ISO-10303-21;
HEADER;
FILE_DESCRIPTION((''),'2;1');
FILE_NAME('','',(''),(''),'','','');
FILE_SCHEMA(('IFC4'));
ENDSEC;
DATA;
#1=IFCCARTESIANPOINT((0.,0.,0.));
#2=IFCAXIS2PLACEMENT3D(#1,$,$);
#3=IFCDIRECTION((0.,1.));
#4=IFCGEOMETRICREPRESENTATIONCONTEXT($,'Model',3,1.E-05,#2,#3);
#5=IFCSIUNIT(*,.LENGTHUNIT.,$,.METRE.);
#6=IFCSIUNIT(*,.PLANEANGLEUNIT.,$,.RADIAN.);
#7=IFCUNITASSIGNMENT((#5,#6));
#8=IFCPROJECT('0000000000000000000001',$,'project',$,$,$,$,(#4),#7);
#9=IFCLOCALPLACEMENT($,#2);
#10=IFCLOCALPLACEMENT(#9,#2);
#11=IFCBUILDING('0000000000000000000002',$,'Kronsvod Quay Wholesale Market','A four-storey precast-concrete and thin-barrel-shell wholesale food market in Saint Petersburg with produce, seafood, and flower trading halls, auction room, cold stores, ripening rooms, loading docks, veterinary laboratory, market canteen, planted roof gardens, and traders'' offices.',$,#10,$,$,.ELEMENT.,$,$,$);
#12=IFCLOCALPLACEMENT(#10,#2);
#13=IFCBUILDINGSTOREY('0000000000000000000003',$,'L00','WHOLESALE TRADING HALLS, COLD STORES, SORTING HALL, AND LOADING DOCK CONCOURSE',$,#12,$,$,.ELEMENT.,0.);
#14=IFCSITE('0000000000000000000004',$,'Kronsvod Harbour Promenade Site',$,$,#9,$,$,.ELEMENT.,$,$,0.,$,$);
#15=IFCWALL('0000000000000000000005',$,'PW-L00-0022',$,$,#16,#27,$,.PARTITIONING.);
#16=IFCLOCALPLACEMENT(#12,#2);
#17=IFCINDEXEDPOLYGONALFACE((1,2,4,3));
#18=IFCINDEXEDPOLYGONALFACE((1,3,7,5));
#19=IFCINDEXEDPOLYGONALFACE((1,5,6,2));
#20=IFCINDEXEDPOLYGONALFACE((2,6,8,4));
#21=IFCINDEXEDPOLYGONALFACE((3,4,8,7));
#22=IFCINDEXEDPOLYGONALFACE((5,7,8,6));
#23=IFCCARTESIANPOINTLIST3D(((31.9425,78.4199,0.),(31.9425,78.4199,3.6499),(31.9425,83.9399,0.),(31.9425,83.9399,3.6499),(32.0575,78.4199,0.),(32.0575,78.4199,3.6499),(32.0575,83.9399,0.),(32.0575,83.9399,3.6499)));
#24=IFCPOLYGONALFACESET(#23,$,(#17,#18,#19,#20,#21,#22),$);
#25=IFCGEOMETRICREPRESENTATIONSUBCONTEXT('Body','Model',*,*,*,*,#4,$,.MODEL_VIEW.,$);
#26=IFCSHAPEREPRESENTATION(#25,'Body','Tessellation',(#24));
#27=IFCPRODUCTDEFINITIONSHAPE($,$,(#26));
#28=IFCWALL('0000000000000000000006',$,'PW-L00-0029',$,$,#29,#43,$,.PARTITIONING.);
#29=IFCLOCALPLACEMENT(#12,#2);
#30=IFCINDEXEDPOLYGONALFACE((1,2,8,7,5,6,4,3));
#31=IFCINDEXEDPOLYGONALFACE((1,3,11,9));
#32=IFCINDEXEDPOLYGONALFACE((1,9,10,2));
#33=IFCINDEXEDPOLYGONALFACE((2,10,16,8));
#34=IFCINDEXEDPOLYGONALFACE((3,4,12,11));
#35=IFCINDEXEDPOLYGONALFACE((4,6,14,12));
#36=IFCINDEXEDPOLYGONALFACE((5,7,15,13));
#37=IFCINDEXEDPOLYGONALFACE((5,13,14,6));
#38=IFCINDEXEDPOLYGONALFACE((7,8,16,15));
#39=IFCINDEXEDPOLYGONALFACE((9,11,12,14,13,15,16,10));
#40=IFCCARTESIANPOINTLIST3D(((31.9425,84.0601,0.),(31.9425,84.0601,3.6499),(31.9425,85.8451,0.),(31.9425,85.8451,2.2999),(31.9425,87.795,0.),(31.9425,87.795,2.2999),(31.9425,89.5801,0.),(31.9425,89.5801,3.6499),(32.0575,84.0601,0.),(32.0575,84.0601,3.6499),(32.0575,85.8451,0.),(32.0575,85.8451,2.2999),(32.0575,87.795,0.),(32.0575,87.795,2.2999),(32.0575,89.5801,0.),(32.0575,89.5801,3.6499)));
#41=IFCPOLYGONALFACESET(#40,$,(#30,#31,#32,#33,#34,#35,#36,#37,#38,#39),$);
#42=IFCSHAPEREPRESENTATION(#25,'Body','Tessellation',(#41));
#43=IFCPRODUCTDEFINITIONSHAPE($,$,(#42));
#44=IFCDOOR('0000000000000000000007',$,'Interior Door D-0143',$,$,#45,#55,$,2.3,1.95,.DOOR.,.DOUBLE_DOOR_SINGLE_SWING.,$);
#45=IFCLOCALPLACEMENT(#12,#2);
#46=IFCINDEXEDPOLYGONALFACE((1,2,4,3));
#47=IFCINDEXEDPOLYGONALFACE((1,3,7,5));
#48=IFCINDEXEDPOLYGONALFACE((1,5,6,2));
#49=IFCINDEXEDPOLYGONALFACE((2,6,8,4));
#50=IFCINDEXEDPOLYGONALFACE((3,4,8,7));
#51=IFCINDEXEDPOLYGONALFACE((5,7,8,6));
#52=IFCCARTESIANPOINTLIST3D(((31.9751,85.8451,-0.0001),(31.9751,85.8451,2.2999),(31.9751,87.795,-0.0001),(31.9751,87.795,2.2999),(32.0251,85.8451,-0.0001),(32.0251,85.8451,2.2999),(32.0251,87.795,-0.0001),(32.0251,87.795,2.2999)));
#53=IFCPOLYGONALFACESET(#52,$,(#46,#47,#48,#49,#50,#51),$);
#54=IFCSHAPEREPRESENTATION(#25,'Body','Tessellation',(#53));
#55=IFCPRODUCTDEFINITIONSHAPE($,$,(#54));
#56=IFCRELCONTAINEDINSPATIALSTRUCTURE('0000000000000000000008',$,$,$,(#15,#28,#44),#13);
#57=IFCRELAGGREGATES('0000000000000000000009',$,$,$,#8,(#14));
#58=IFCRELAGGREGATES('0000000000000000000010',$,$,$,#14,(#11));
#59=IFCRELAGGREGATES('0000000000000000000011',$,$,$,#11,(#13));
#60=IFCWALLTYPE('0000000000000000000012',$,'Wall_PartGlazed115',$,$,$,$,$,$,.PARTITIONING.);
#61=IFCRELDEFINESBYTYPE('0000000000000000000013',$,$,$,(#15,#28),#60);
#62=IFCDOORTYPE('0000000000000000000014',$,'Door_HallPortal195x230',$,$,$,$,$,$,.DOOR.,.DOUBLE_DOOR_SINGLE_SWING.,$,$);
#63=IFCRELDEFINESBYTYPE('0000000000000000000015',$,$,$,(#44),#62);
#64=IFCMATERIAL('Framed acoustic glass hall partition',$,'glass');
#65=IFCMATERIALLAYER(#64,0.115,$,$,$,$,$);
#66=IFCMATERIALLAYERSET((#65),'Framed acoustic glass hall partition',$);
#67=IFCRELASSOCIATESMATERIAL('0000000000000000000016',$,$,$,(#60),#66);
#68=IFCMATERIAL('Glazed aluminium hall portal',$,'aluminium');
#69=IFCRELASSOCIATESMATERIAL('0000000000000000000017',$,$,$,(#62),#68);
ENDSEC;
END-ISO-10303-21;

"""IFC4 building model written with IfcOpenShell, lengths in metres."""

from ifc_helpers import new_model, si_unit, direction, frame, frame_2d, origin, place, context, subcontext, project, spatial, rectangle, extrude, material, layer, layer_set, type_object, element, fill, save


model = new_model("IFC4")

# Units and contexts
model_context = context("Model", 3, precision=1e-05, world=origin(), true_north=direction((0.0, 1.0)))
body_context = subcontext(model_context, "Body", "Model", "MODEL_VIEW")
ifc_project = project(units=[si_unit("LENGTHUNIT", "METRE"), si_unit("PLANEANGLEUNIT", "RADIAN")], contexts=[model_context])

# Site, building, storey
site_placement = place(None, origin())
site = spatial("IfcSite", under=ifc_project, at=site_placement, Name="Kronsvod Harbour Promenade Site", CompositionType="ELEMENT", RefElevation=0.0)
building_placement = place(site_placement, origin())
building = spatial("IfcBuilding", under=site, at=building_placement, Name="Kronsvod Quay Wholesale Market", Description="A four-storey precast-concrete and thin-barrel-shell wholesale food market in Saint Petersburg with produce, seafood, and flower trading halls, auction room, cold stores, ripening rooms, loading docks, veterinary laboratory, market canteen, planted roof gardens, and traders' offices.", CompositionType="ELEMENT")
storey_placement = place(building_placement, origin())
storey = spatial("IfcBuildingStorey", under=building, at=storey_placement, Name="L00", Description="WHOLESALE TRADING HALLS, COLD STORES, SORTING HALL, AND LOADING DOCK CONCOURSE", CompositionType="ELEMENT", Elevation=0.0)

# Wall
ifc_material_1 = material(Name="Framed acoustic glass hall partition", Category="glass")
ifc_layer_1 = layer(ifc_material_1, 0.115)
ifc_layer_set_1 = layer_set([ifc_layer_1], Name="Framed acoustic glass hall partition")
wall_type_1 = type_object("IfcWallType", Name="Wall_PartGlazed115", PredefinedType="PARTITIONING", material=ifc_layer_set_1)
wall_1_placement = place(storey_placement, frame((32.0, 78.4199, 0.0), z_axis=(0.0, 0.0, 1.0), x_axis=(0.0, 1.0, 0.0)))
element("IfcWall", 1, at=wall_1_placement, inside=storey, type_object=wall_type_1, Name="PW-L00-0022", PredefinedType="PARTITIONING", context=body_context, shape_type="SweptSolid", body=[
    extrude(rectangle(XDim=5.52, YDim=0.115, at=frame_2d((2.76, 0.0))), origin(), (0.0, 0.0, 1.0), 3.6499),
])

# Wall, opening, door
wall_2_placement = place(storey_placement, frame((32.0, 84.0601, 0.0), z_axis=(0.0, 0.0, 1.0), x_axis=(0.0, 1.0, 0.0)))
wall_2 = element("IfcWall", 2, at=wall_2_placement, inside=storey, type_object=wall_type_1, Name="PW-L00-0029", PredefinedType="PARTITIONING", context=body_context, shape_type="SweptSolid", body=[
    extrude(rectangle(XDim=5.52, YDim=0.115, at=frame_2d((2.76, 0.0))), origin(), (0.0, 0.0, 1.0), 3.6499),
])
opening_placement = place(wall_2_placement, frame((1.7849, 0.0, 0.0)))
opening = element("IfcOpeningElement", 3, at=opening_placement, cuts=wall_2, PredefinedType="OPENING", context=body_context, shape_type="SweptSolid", body=[
    extrude(rectangle(XDim=1.95, YDim=2.3, at=frame_2d((0.9751, 1.1499))), frame((0.0, 0.0674, 0.0), z_axis=(0.0, -1.0, 0.0), x_axis=(1.0, 0.0, 0.0)), (0.0, 0.0, 1.0), 0.135),
])
ifc_material_2 = material(Name="Glazed aluminium hall portal", Category="aluminium")
door_type = type_object("IfcDoorType", Name="Door_HallPortal195x230", OperationType="DOUBLE_DOOR_SINGLE_SWING", PredefinedType="DOOR", material=ifc_material_2)
door_placement = place(opening_placement, origin())
door = element("IfcDoor", 4, at=door_placement, inside=storey, type_object=door_type, Name="Interior Door D-0143", OperationType="DOUBLE_DOOR_SINGLE_SWING", OverallHeight=2.3, OverallWidth=1.95, PredefinedType="DOOR", context=body_context, shape_type="SweptSolid", body=[
    extrude(rectangle(XDim=1.95, YDim=2.3, at=frame_2d((0.9751, 1.1499))), frame((0.0, 0.0249, 0.0), z_axis=(0.0, -1.0, 0.0), x_axis=(1.0, 0.0, 0.0)), (0.0, 0.0, 1.0), 0.05),
])
fill(opening, door)

save(model, "model.ifc")
